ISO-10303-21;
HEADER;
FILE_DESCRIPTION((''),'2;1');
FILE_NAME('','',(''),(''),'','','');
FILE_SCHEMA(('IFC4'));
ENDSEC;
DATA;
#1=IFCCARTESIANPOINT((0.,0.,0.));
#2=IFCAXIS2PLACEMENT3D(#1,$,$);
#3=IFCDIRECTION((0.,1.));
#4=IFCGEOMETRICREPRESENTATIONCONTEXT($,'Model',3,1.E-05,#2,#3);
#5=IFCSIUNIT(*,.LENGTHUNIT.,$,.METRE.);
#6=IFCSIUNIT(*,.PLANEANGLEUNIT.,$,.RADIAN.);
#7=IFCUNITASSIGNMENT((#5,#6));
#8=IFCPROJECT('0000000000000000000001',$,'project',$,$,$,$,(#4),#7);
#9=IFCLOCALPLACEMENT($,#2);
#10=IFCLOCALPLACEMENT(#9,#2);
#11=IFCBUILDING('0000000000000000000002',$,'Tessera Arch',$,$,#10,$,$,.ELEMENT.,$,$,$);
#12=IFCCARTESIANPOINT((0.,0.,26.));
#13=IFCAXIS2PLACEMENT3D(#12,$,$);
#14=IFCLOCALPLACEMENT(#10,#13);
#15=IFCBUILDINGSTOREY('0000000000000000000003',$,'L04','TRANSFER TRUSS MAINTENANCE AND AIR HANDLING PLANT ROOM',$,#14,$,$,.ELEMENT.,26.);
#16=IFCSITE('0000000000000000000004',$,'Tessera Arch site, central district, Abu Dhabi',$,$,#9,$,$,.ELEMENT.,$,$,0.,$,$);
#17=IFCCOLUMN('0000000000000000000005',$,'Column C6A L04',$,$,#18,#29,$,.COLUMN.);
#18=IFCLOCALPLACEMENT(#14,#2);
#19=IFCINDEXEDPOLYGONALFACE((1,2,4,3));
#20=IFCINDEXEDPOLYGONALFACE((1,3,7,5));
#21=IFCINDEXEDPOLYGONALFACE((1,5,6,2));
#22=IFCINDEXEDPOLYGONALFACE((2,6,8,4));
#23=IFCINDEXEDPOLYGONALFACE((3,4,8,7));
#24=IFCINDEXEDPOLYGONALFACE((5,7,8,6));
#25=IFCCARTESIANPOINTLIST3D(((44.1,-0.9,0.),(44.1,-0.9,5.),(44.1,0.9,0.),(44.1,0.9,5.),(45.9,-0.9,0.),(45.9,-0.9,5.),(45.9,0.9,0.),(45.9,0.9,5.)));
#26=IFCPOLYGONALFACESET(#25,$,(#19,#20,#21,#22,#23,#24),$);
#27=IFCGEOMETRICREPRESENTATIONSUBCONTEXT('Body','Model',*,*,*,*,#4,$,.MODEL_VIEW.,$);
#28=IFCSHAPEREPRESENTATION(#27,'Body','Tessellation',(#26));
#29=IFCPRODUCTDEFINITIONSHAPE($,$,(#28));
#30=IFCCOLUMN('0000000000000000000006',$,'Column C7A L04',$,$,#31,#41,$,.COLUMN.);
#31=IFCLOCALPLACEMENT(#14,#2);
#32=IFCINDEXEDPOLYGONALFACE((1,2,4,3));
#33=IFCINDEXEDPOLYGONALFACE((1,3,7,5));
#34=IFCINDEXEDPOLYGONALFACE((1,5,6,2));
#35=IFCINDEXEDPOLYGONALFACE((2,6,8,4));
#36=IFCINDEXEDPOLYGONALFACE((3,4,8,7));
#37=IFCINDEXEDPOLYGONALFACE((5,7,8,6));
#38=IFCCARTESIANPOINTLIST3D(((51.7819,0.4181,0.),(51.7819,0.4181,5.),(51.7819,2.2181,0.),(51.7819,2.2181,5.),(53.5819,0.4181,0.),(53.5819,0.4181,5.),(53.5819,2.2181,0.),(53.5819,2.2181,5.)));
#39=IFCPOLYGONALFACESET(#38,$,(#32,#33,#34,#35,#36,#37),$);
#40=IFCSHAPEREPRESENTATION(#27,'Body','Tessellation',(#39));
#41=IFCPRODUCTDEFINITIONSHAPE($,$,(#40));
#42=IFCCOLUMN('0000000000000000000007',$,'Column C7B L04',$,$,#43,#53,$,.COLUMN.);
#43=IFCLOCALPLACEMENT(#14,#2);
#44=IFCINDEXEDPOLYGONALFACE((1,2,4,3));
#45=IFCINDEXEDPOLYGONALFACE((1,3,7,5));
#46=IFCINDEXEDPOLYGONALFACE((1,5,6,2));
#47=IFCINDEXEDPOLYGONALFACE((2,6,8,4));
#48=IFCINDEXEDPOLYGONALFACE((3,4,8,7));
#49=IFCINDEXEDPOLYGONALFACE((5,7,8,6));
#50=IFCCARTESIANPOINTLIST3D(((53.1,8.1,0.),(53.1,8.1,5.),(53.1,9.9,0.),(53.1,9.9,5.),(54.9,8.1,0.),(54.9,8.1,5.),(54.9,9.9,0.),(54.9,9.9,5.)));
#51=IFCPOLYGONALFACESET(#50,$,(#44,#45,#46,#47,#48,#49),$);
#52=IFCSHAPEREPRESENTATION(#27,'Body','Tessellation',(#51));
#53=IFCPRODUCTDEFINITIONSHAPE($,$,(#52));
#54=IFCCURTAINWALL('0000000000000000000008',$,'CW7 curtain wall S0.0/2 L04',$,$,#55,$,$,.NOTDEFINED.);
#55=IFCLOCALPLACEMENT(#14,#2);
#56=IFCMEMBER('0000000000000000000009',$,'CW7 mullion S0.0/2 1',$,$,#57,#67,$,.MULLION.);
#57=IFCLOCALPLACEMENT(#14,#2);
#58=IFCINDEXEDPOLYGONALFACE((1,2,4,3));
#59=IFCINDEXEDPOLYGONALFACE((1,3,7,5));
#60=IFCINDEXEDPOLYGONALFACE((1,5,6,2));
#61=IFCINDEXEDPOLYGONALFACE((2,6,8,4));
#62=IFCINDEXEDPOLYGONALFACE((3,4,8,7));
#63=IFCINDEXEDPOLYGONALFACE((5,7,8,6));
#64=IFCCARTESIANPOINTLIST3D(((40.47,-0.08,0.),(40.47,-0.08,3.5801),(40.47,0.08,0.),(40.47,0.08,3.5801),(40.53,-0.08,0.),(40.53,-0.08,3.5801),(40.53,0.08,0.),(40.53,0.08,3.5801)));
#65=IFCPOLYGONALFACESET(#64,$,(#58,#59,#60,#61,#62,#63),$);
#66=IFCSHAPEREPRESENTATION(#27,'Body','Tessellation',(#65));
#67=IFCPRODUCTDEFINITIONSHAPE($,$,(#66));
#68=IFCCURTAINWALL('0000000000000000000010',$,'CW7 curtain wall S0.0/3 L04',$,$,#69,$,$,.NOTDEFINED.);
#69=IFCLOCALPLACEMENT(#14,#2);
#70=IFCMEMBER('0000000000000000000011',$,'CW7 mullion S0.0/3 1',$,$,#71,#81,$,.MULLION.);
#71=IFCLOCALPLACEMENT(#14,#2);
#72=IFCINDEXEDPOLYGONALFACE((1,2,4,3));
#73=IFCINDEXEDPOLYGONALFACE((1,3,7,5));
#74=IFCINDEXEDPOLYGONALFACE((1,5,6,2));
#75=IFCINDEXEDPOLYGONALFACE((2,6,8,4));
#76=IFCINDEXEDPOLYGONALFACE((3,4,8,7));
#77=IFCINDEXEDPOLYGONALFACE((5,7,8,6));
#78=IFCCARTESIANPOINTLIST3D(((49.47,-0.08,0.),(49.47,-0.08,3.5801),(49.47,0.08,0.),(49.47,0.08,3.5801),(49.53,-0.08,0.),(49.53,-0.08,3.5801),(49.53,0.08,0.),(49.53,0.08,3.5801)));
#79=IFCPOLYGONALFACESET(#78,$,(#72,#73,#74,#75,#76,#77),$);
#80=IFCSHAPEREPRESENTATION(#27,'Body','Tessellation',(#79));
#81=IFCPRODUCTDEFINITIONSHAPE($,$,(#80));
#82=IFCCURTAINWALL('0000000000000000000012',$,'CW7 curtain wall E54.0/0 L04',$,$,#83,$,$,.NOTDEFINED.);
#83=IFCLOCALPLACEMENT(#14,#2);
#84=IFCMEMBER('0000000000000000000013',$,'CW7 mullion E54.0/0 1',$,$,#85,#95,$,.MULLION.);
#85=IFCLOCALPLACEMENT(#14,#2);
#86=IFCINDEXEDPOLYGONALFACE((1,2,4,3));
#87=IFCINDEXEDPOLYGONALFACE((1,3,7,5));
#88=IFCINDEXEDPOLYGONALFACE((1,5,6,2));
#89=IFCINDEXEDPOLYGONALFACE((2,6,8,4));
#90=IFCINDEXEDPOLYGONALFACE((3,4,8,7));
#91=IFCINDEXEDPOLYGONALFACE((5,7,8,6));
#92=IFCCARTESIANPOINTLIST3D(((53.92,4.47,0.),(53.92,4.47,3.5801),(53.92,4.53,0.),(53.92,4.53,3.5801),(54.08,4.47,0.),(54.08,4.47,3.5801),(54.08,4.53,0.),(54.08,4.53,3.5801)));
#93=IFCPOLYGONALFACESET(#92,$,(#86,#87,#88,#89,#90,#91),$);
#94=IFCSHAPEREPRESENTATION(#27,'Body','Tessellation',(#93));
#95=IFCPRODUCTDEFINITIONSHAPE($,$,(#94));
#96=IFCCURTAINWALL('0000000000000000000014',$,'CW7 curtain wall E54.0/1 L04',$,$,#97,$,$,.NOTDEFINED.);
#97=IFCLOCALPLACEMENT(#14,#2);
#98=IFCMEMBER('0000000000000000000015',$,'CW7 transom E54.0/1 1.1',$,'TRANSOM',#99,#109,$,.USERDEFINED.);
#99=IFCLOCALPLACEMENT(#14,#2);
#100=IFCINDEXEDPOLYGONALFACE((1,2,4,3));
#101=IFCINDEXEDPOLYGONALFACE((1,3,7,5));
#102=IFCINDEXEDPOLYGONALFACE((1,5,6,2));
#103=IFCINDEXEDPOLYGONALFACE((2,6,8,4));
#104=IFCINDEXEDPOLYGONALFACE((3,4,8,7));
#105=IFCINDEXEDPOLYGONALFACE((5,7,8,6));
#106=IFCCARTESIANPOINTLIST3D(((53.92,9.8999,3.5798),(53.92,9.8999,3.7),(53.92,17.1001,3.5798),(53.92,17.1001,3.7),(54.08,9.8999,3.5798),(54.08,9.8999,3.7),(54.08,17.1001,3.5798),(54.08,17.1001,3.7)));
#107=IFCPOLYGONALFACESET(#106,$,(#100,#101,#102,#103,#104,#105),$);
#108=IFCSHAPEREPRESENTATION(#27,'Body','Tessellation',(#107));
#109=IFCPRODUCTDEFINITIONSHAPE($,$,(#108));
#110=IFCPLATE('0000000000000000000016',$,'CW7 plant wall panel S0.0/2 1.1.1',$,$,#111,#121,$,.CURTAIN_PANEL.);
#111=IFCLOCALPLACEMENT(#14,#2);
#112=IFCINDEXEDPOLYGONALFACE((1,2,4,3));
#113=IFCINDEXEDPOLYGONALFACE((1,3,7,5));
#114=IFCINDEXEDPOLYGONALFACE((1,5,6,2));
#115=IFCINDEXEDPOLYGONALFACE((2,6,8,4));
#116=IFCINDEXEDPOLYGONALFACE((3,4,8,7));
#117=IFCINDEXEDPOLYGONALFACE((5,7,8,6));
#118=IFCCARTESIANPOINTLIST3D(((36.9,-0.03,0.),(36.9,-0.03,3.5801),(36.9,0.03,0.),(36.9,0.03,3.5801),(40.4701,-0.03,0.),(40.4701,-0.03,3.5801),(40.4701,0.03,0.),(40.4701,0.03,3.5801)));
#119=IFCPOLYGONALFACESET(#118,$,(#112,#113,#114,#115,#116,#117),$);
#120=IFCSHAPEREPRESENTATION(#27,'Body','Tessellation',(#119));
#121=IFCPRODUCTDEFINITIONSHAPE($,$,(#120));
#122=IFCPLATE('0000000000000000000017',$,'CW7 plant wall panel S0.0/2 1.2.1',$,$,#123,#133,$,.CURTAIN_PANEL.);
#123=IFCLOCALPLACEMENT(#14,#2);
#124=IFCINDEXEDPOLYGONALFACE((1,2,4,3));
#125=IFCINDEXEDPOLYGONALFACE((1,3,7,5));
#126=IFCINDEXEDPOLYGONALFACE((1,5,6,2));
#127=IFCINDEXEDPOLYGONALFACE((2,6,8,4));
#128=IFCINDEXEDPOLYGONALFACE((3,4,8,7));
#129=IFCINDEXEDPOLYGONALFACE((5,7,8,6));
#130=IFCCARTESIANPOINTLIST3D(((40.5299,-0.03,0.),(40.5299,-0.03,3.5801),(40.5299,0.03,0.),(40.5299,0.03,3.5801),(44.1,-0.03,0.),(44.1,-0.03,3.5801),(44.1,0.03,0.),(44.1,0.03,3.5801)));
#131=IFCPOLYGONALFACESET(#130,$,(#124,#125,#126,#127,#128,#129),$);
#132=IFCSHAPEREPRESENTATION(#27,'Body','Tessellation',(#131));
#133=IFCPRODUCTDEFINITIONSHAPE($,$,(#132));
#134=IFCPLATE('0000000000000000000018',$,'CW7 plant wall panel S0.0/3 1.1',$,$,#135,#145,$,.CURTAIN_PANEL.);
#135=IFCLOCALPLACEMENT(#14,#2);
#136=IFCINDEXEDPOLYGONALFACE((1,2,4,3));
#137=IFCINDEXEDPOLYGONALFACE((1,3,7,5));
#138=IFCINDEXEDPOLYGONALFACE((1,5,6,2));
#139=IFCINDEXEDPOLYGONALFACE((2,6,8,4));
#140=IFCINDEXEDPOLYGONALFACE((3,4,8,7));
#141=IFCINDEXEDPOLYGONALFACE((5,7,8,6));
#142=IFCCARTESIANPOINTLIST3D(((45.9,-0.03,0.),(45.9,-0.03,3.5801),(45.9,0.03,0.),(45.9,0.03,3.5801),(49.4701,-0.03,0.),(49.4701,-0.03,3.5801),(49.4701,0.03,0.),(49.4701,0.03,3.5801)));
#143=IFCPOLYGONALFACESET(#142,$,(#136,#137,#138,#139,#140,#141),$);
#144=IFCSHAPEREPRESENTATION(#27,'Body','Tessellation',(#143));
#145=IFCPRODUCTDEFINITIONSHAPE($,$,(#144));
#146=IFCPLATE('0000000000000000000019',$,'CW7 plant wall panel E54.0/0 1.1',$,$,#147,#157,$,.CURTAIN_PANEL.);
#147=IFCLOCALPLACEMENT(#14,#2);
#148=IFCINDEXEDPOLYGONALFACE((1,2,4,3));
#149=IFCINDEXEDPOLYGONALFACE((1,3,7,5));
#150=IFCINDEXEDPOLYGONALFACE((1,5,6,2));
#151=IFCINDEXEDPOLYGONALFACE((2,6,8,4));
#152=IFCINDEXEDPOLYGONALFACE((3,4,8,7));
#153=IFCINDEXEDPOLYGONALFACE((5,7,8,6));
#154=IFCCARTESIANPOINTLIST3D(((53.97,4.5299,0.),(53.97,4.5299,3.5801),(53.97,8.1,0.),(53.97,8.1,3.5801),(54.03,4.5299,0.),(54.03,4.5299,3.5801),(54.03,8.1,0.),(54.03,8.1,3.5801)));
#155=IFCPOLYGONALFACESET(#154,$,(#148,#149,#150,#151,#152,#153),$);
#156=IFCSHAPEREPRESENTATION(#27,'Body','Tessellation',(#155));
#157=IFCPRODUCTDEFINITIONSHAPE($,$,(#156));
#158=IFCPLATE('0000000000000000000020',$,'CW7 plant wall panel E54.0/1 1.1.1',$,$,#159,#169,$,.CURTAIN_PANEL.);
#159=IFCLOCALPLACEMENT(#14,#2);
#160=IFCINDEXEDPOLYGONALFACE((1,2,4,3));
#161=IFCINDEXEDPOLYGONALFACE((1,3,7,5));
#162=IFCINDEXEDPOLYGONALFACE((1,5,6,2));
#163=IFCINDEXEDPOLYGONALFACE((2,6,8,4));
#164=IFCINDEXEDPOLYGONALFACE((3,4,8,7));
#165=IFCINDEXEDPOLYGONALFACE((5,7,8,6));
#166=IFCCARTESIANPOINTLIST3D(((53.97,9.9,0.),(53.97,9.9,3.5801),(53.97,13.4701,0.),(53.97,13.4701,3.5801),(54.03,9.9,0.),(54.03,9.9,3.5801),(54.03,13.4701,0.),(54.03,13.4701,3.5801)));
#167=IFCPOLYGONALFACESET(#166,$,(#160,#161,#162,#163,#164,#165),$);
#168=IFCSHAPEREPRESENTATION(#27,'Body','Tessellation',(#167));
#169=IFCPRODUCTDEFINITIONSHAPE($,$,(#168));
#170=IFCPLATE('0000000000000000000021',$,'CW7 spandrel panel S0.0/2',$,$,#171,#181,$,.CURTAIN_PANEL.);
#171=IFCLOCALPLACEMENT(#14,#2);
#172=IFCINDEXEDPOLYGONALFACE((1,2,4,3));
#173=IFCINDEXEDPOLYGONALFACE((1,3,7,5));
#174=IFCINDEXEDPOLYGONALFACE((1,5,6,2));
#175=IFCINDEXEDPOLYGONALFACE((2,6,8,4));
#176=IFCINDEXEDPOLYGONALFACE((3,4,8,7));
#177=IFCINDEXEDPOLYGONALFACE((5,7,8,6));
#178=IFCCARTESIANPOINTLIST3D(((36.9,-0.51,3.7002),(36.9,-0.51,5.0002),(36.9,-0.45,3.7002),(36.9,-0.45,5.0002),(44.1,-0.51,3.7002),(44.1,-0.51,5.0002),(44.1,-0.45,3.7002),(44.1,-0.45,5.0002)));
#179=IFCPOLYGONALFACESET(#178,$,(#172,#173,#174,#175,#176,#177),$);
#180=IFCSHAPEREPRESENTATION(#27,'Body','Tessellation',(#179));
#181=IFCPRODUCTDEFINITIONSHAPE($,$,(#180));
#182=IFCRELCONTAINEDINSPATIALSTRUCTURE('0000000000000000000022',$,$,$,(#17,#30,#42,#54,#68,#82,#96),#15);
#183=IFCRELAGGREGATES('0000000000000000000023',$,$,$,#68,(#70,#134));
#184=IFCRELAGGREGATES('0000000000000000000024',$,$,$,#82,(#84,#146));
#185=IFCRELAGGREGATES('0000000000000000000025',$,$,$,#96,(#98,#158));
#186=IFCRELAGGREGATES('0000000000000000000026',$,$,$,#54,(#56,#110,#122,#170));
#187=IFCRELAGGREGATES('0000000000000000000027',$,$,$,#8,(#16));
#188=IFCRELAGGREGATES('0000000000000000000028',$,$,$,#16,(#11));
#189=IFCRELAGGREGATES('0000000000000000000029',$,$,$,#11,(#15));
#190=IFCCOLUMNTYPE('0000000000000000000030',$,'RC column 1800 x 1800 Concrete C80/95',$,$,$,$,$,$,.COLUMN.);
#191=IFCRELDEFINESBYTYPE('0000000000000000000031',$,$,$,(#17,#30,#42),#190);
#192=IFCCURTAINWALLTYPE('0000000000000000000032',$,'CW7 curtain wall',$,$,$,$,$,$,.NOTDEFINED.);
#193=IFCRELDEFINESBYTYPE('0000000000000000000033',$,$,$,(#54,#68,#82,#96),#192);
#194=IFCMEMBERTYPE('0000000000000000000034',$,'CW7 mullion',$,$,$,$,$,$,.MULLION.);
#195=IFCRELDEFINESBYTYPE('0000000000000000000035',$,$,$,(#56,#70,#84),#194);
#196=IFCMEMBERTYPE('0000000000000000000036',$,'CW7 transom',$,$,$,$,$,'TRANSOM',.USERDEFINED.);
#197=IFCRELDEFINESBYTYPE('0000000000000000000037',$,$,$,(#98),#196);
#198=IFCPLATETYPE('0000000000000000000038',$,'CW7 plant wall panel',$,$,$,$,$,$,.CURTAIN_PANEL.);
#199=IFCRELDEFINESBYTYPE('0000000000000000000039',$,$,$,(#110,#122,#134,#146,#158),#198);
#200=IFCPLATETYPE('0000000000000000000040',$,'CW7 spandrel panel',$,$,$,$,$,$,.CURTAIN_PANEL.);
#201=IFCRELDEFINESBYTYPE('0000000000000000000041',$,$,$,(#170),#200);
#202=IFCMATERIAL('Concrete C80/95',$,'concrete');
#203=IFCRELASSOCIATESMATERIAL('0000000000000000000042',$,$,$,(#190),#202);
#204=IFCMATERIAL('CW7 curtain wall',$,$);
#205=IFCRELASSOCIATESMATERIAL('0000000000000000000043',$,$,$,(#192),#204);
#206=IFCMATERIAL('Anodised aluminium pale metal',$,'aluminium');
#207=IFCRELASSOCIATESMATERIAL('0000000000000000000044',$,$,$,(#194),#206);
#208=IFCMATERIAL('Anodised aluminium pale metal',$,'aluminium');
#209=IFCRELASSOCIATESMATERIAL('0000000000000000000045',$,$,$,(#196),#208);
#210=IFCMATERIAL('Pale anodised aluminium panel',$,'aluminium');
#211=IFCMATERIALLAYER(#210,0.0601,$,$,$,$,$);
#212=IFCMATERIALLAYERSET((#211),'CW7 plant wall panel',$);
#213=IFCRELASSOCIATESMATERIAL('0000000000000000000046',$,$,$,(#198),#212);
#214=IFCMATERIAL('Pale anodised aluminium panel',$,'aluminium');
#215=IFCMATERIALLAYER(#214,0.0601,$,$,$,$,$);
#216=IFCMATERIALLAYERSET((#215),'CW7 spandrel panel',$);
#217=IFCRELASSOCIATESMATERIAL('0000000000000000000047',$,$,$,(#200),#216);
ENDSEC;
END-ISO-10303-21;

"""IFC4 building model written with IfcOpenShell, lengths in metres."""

from ifc_helpers import new_model, si_unit, direction, frame, origin, origin_2d, place, context, subcontext, project, spatial, rectangle, extrude, material, layer, layer_set, material_profile, profile_set, type_object, element, aggregate, save


model = new_model("IFC4")

# Units and contexts
model_context = context("Model", 3, precision=1e-05, world=origin(), true_north=direction((0.0, 1.0)))
body_context = subcontext(model_context, "Body", "Model", "MODEL_VIEW")
ifc_project = project(units=[si_unit("LENGTHUNIT", "METRE"), si_unit("PLANEANGLEUNIT", "RADIAN")], contexts=[model_context])

# Site, building, storey
site_placement = place(None, origin())
site = spatial("IfcSite", under=ifc_project, at=site_placement, Name="Tessera Arch site, central district, Abu Dhabi", CompositionType="ELEMENT", RefElevation=0.0)
building_placement = place(site_placement, origin())
building = spatial("IfcBuilding", under=site, at=building_placement, Name="Tessera Arch", CompositionType="ELEMENT")
storey_placement = place(building_placement, frame((0.0, 0.0, 26.0)))
storey = spatial("IfcBuildingStorey", under=building, at=storey_placement, Name="L04", Description="TRANSFER TRUSS MAINTENANCE AND AIR HANDLING PLANT ROOM", CompositionType="ELEMENT", Elevation=26.0)

# Columns
ifc_material_1 = material(Name="Concrete C80/95", Category="concrete")
ifc_material_profile_1 = material_profile(ifc_material_1, rectangle(XDim=1.8, YDim=1.8, at=origin_2d()), Name="RC column 1800 x 1800 Concrete C80/95")
ifc_profile_set_1 = profile_set([ifc_material_profile_1], Name="Concrete C80/95")
column_type = type_object("IfcColumnType", Name="RC column 1800 x 1800 Concrete C80/95", PredefinedType="COLUMN", material=ifc_profile_set_1)
for number, where, z_axis, x_axis, name in (
    (1, (45.0, 0.0, 0.0), (0.0, 0.0, 1.0), (1.0, 0.0, 0.0), "Column C6A L04"),
    (2, (52.6819, 1.3181, 0.0), (0.0, 0.0, 1.0), (1.0, 0.0, 0.0), "Column C7A L04"),
    (3, (54.0, 9.0, 0.0), (0.0, 0.0, 1.0), (1.0, 0.0, 0.0), "Column C7B L04"),
):
    element("IfcColumn", number, at=place(storey_placement, frame(where, z_axis=z_axis, x_axis=x_axis)), inside=storey, type_object=column_type, Name=name, PredefinedType="COLUMN", context=body_context, shape_type="SweptSolid", body=[
        extrude(rectangle(XDim=1.8, YDim=1.8, at=origin_2d()), origin(), (0.0, 0.0, 1.0), 5.0),
    ])

# Curtain walls, members
ifc_material_2 = material(Name="CW7 curtain wall")
curtain_wall_type = type_object("IfcCurtainWallType", Name="CW7 curtain wall", PredefinedType="NOTDEFINED", material=ifc_material_2)
curtain_wall_1_placement = place(storey_placement, origin())
curtain_wall_1 = element("IfcCurtainWall", 4, at=curtain_wall_1_placement, inside=storey, type_object=curtain_wall_type, Name="CW7 curtain wall S0.0/2 L04", PredefinedType="NOTDEFINED")
ifc_material_3 = material(Name="Anodised aluminium pale metal", Category="aluminium")
ifc_material_profile_2 = material_profile(ifc_material_3, rectangle(XDim=0.1599, YDim=0.0601, at=origin_2d()), Name="AL 60x160")
ifc_profile_set_2 = profile_set([ifc_material_profile_2], Name="Anodised aluminium pale metal")
member_type_1 = type_object("IfcMemberType", Name="CW7 mullion", PredefinedType="MULLION", material=ifc_profile_set_2)
member_1_placement = place(storey_placement, frame((40.5, 0.0, 0.0), z_axis=(0.0, 0.0, 1.0), x_axis=(0.0, 1.0, 0.0)))
member_1 = element("IfcMember", 5, at=member_1_placement, type_object=member_type_1, Name="CW7 mullion S0.0/2 1", PredefinedType="MULLION", context=body_context, shape_type="SweptSolid", body=[
    extrude(rectangle(XDim=0.1599, YDim=0.0601, at=origin_2d()), origin(), (0.0, 0.0, 1.0), 3.5801),
])
curtain_wall_2_placement = place(storey_placement, origin())
curtain_wall_2 = element("IfcCurtainWall", 6, at=curtain_wall_2_placement, inside=storey, type_object=curtain_wall_type, Name="CW7 curtain wall S0.0/3 L04", PredefinedType="NOTDEFINED")
member_2_placement = place(storey_placement, frame((49.5, 0.0, 0.0), z_axis=(0.0, 0.0, 1.0), x_axis=(0.0, 1.0, 0.0)))
member_2 = element("IfcMember", 7, at=member_2_placement, type_object=member_type_1, Name="CW7 mullion S0.0/3 1", PredefinedType="MULLION", context=body_context, shape_type="SweptSolid", body=[
    extrude(rectangle(XDim=0.1599, YDim=0.0601, at=origin_2d()), origin(), (0.0, 0.0, 1.0), 3.5801),
])
curtain_wall_3_placement = place(storey_placement, origin())
curtain_wall_3 = element("IfcCurtainWall", 8, at=curtain_wall_3_placement, inside=storey, type_object=curtain_wall_type, Name="CW7 curtain wall E54.0/0 L04", PredefinedType="NOTDEFINED")
member_3_placement = place(storey_placement, frame((54.0, 4.5, 0.0), z_axis=(0.0, 0.0, 1.0), x_axis=(-1.0, 0.0, 0.0)))
member_3 = element("IfcMember", 9, at=member_3_placement, type_object=member_type_1, Name="CW7 mullion E54.0/0 1", PredefinedType="MULLION", context=body_context, shape_type="SweptSolid", body=[
    extrude(rectangle(XDim=0.1599, YDim=0.0601, at=origin_2d()), origin(), (0.0, 0.0, 1.0), 3.5801),
])
curtain_wall_4_placement = place(storey_placement, origin())
curtain_wall_4 = element("IfcCurtainWall", 10, at=curtain_wall_4_placement, inside=storey, type_object=curtain_wall_type, Name="CW7 curtain wall E54.0/1 L04", PredefinedType="NOTDEFINED")
ifc_material_4 = material(Name="Anodised aluminium pale metal", Category="aluminium")
ifc_material_profile_3 = material_profile(ifc_material_4, rectangle(XDim=0.1599, YDim=0.1201, at=origin_2d()), Name="AL 160x120")
ifc_profile_set_3 = profile_set([ifc_material_profile_3], Name="Anodised aluminium pale metal")
member_type_2 = type_object("IfcMemberType", Name="CW7 transom", ElementType="TRANSOM", PredefinedType="USERDEFINED", material=ifc_profile_set_3)
member_4_placement = place(storey_placement, frame((54.0, 9.8999, 3.6399), z_axis=(0.0, 1.0, 0.0), x_axis=(-1.0, 0.0, 0.0)))
member_4 = element("IfcMember", 11, at=member_4_placement, type_object=member_type_2, Name="CW7 transom E54.0/1 1.1", ObjectType="TRANSOM", PredefinedType="USERDEFINED", context=body_context, shape_type="SweptSolid", body=[
    extrude(rectangle(XDim=0.1599, YDim=0.1201, at=origin_2d()), origin(), (0.0, 0.0, 1.0), 7.2002),
])

# Plates
ifc_material_5 = material(Name="Pale anodised aluminium panel", Category="aluminium")
ifc_layer_1 = layer(ifc_material_5, 0.0601)
ifc_layer_set_1 = layer_set([ifc_layer_1], Name="CW7 plant wall panel")
plate_type_1 = type_object("IfcPlateType", Name="CW7 plant wall panel", PredefinedType="CURTAIN_PANEL", material=ifc_layer_set_1)
plate_1_placement = place(storey_placement, frame((38.6851, 0.0, 0.0), z_axis=(0.0, 0.0, 1.0), x_axis=(1.0, 0.0, 0.0)))
plate_1 = element("IfcPlate", 12, at=plate_1_placement, type_object=plate_type_1, Name="CW7 plant wall panel S0.0/2 1.1.1", PredefinedType="CURTAIN_PANEL", context=body_context, shape_type="SweptSolid", body=[
    extrude(rectangle(XDim=3.5701, YDim=0.0601, at=origin_2d()), origin(), (0.0, 0.0, 1.0), 3.5801),
])
plate_2_placement = place(storey_placement, frame((42.3149, 0.0, 0.0), z_axis=(0.0, 0.0, 1.0), x_axis=(1.0, 0.0, 0.0)))
plate_2 = element("IfcPlate", 13, at=plate_2_placement, type_object=plate_type_1, Name="CW7 plant wall panel S0.0/2 1.2.1", PredefinedType="CURTAIN_PANEL", context=body_context, shape_type="SweptSolid", body=[
    extrude(rectangle(XDim=3.5701, YDim=0.0601, at=origin_2d()), origin(), (0.0, 0.0, 1.0), 3.5801),
])
plate_3_placement = place(storey_placement, frame((47.6851, 0.0, 0.0), z_axis=(0.0, 0.0, 1.0), x_axis=(1.0, 0.0, 0.0)))
plate_3 = element("IfcPlate", 14, at=plate_3_placement, type_object=plate_type_1, Name="CW7 plant wall panel S0.0/3 1.1", PredefinedType="CURTAIN_PANEL", context=body_context, shape_type="SweptSolid", body=[
    extrude(rectangle(XDim=3.5701, YDim=0.0601, at=origin_2d()), origin(), (0.0, 0.0, 1.0), 3.5801),
])
aggregate(curtain_wall_2, [member_2, plate_3])
plate_4_placement = place(storey_placement, frame((54.0, 6.3149, 0.0), z_axis=(0.0, 0.0, 1.0), x_axis=(0.0, 1.0, 0.0)))
plate_4 = element("IfcPlate", 15, at=plate_4_placement, type_object=plate_type_1, Name="CW7 plant wall panel E54.0/0 1.1", PredefinedType="CURTAIN_PANEL", context=body_context, shape_type="SweptSolid", body=[
    extrude(rectangle(XDim=3.5701, YDim=0.0601, at=origin_2d()), origin(), (0.0, 0.0, 1.0), 3.5801),
])
aggregate(curtain_wall_3, [member_3, plate_4])
plate_5_placement = place(storey_placement, frame((54.0, 11.6851, 0.0), z_axis=(0.0, 0.0, 1.0), x_axis=(0.0, 1.0, 0.0)))
plate_5 = element("IfcPlate", 16, at=plate_5_placement, type_object=plate_type_1, Name="CW7 plant wall panel E54.0/1 1.1.1", PredefinedType="CURTAIN_PANEL", context=body_context, shape_type="SweptSolid", body=[
    extrude(rectangle(XDim=3.5701, YDim=0.0601, at=origin_2d()), origin(), (0.0, 0.0, 1.0), 3.5801),
])
aggregate(curtain_wall_4, [member_4, plate_5])
ifc_material_6 = material(Name="Pale anodised aluminium panel", Category="aluminium")
ifc_layer_2 = layer(ifc_material_6, 0.0601)
ifc_layer_set_2 = layer_set([ifc_layer_2], Name="CW7 spandrel panel")
plate_type_2 = type_object("IfcPlateType", Name="CW7 spandrel panel", PredefinedType="CURTAIN_PANEL", material=ifc_layer_set_2)
plate_6_placement = place(storey_placement, frame((40.5, -0.48, 3.7002), z_axis=(0.0, 0.0, 1.0), x_axis=(1.0, 0.0, 0.0)))
plate_6 = element("IfcPlate", 17, at=plate_6_placement, type_object=plate_type_2, Name="CW7 spandrel panel S0.0/2", PredefinedType="CURTAIN_PANEL", context=body_context, shape_type="SweptSolid", body=[
    extrude(rectangle(XDim=7.2, YDim=0.0601, at=origin_2d()), origin(), (0.0, 0.0, 1.0), 1.3),
])
aggregate(curtain_wall_1, [member_1, plate_1, plate_2, plate_6])

save(model, "model.ifc")
